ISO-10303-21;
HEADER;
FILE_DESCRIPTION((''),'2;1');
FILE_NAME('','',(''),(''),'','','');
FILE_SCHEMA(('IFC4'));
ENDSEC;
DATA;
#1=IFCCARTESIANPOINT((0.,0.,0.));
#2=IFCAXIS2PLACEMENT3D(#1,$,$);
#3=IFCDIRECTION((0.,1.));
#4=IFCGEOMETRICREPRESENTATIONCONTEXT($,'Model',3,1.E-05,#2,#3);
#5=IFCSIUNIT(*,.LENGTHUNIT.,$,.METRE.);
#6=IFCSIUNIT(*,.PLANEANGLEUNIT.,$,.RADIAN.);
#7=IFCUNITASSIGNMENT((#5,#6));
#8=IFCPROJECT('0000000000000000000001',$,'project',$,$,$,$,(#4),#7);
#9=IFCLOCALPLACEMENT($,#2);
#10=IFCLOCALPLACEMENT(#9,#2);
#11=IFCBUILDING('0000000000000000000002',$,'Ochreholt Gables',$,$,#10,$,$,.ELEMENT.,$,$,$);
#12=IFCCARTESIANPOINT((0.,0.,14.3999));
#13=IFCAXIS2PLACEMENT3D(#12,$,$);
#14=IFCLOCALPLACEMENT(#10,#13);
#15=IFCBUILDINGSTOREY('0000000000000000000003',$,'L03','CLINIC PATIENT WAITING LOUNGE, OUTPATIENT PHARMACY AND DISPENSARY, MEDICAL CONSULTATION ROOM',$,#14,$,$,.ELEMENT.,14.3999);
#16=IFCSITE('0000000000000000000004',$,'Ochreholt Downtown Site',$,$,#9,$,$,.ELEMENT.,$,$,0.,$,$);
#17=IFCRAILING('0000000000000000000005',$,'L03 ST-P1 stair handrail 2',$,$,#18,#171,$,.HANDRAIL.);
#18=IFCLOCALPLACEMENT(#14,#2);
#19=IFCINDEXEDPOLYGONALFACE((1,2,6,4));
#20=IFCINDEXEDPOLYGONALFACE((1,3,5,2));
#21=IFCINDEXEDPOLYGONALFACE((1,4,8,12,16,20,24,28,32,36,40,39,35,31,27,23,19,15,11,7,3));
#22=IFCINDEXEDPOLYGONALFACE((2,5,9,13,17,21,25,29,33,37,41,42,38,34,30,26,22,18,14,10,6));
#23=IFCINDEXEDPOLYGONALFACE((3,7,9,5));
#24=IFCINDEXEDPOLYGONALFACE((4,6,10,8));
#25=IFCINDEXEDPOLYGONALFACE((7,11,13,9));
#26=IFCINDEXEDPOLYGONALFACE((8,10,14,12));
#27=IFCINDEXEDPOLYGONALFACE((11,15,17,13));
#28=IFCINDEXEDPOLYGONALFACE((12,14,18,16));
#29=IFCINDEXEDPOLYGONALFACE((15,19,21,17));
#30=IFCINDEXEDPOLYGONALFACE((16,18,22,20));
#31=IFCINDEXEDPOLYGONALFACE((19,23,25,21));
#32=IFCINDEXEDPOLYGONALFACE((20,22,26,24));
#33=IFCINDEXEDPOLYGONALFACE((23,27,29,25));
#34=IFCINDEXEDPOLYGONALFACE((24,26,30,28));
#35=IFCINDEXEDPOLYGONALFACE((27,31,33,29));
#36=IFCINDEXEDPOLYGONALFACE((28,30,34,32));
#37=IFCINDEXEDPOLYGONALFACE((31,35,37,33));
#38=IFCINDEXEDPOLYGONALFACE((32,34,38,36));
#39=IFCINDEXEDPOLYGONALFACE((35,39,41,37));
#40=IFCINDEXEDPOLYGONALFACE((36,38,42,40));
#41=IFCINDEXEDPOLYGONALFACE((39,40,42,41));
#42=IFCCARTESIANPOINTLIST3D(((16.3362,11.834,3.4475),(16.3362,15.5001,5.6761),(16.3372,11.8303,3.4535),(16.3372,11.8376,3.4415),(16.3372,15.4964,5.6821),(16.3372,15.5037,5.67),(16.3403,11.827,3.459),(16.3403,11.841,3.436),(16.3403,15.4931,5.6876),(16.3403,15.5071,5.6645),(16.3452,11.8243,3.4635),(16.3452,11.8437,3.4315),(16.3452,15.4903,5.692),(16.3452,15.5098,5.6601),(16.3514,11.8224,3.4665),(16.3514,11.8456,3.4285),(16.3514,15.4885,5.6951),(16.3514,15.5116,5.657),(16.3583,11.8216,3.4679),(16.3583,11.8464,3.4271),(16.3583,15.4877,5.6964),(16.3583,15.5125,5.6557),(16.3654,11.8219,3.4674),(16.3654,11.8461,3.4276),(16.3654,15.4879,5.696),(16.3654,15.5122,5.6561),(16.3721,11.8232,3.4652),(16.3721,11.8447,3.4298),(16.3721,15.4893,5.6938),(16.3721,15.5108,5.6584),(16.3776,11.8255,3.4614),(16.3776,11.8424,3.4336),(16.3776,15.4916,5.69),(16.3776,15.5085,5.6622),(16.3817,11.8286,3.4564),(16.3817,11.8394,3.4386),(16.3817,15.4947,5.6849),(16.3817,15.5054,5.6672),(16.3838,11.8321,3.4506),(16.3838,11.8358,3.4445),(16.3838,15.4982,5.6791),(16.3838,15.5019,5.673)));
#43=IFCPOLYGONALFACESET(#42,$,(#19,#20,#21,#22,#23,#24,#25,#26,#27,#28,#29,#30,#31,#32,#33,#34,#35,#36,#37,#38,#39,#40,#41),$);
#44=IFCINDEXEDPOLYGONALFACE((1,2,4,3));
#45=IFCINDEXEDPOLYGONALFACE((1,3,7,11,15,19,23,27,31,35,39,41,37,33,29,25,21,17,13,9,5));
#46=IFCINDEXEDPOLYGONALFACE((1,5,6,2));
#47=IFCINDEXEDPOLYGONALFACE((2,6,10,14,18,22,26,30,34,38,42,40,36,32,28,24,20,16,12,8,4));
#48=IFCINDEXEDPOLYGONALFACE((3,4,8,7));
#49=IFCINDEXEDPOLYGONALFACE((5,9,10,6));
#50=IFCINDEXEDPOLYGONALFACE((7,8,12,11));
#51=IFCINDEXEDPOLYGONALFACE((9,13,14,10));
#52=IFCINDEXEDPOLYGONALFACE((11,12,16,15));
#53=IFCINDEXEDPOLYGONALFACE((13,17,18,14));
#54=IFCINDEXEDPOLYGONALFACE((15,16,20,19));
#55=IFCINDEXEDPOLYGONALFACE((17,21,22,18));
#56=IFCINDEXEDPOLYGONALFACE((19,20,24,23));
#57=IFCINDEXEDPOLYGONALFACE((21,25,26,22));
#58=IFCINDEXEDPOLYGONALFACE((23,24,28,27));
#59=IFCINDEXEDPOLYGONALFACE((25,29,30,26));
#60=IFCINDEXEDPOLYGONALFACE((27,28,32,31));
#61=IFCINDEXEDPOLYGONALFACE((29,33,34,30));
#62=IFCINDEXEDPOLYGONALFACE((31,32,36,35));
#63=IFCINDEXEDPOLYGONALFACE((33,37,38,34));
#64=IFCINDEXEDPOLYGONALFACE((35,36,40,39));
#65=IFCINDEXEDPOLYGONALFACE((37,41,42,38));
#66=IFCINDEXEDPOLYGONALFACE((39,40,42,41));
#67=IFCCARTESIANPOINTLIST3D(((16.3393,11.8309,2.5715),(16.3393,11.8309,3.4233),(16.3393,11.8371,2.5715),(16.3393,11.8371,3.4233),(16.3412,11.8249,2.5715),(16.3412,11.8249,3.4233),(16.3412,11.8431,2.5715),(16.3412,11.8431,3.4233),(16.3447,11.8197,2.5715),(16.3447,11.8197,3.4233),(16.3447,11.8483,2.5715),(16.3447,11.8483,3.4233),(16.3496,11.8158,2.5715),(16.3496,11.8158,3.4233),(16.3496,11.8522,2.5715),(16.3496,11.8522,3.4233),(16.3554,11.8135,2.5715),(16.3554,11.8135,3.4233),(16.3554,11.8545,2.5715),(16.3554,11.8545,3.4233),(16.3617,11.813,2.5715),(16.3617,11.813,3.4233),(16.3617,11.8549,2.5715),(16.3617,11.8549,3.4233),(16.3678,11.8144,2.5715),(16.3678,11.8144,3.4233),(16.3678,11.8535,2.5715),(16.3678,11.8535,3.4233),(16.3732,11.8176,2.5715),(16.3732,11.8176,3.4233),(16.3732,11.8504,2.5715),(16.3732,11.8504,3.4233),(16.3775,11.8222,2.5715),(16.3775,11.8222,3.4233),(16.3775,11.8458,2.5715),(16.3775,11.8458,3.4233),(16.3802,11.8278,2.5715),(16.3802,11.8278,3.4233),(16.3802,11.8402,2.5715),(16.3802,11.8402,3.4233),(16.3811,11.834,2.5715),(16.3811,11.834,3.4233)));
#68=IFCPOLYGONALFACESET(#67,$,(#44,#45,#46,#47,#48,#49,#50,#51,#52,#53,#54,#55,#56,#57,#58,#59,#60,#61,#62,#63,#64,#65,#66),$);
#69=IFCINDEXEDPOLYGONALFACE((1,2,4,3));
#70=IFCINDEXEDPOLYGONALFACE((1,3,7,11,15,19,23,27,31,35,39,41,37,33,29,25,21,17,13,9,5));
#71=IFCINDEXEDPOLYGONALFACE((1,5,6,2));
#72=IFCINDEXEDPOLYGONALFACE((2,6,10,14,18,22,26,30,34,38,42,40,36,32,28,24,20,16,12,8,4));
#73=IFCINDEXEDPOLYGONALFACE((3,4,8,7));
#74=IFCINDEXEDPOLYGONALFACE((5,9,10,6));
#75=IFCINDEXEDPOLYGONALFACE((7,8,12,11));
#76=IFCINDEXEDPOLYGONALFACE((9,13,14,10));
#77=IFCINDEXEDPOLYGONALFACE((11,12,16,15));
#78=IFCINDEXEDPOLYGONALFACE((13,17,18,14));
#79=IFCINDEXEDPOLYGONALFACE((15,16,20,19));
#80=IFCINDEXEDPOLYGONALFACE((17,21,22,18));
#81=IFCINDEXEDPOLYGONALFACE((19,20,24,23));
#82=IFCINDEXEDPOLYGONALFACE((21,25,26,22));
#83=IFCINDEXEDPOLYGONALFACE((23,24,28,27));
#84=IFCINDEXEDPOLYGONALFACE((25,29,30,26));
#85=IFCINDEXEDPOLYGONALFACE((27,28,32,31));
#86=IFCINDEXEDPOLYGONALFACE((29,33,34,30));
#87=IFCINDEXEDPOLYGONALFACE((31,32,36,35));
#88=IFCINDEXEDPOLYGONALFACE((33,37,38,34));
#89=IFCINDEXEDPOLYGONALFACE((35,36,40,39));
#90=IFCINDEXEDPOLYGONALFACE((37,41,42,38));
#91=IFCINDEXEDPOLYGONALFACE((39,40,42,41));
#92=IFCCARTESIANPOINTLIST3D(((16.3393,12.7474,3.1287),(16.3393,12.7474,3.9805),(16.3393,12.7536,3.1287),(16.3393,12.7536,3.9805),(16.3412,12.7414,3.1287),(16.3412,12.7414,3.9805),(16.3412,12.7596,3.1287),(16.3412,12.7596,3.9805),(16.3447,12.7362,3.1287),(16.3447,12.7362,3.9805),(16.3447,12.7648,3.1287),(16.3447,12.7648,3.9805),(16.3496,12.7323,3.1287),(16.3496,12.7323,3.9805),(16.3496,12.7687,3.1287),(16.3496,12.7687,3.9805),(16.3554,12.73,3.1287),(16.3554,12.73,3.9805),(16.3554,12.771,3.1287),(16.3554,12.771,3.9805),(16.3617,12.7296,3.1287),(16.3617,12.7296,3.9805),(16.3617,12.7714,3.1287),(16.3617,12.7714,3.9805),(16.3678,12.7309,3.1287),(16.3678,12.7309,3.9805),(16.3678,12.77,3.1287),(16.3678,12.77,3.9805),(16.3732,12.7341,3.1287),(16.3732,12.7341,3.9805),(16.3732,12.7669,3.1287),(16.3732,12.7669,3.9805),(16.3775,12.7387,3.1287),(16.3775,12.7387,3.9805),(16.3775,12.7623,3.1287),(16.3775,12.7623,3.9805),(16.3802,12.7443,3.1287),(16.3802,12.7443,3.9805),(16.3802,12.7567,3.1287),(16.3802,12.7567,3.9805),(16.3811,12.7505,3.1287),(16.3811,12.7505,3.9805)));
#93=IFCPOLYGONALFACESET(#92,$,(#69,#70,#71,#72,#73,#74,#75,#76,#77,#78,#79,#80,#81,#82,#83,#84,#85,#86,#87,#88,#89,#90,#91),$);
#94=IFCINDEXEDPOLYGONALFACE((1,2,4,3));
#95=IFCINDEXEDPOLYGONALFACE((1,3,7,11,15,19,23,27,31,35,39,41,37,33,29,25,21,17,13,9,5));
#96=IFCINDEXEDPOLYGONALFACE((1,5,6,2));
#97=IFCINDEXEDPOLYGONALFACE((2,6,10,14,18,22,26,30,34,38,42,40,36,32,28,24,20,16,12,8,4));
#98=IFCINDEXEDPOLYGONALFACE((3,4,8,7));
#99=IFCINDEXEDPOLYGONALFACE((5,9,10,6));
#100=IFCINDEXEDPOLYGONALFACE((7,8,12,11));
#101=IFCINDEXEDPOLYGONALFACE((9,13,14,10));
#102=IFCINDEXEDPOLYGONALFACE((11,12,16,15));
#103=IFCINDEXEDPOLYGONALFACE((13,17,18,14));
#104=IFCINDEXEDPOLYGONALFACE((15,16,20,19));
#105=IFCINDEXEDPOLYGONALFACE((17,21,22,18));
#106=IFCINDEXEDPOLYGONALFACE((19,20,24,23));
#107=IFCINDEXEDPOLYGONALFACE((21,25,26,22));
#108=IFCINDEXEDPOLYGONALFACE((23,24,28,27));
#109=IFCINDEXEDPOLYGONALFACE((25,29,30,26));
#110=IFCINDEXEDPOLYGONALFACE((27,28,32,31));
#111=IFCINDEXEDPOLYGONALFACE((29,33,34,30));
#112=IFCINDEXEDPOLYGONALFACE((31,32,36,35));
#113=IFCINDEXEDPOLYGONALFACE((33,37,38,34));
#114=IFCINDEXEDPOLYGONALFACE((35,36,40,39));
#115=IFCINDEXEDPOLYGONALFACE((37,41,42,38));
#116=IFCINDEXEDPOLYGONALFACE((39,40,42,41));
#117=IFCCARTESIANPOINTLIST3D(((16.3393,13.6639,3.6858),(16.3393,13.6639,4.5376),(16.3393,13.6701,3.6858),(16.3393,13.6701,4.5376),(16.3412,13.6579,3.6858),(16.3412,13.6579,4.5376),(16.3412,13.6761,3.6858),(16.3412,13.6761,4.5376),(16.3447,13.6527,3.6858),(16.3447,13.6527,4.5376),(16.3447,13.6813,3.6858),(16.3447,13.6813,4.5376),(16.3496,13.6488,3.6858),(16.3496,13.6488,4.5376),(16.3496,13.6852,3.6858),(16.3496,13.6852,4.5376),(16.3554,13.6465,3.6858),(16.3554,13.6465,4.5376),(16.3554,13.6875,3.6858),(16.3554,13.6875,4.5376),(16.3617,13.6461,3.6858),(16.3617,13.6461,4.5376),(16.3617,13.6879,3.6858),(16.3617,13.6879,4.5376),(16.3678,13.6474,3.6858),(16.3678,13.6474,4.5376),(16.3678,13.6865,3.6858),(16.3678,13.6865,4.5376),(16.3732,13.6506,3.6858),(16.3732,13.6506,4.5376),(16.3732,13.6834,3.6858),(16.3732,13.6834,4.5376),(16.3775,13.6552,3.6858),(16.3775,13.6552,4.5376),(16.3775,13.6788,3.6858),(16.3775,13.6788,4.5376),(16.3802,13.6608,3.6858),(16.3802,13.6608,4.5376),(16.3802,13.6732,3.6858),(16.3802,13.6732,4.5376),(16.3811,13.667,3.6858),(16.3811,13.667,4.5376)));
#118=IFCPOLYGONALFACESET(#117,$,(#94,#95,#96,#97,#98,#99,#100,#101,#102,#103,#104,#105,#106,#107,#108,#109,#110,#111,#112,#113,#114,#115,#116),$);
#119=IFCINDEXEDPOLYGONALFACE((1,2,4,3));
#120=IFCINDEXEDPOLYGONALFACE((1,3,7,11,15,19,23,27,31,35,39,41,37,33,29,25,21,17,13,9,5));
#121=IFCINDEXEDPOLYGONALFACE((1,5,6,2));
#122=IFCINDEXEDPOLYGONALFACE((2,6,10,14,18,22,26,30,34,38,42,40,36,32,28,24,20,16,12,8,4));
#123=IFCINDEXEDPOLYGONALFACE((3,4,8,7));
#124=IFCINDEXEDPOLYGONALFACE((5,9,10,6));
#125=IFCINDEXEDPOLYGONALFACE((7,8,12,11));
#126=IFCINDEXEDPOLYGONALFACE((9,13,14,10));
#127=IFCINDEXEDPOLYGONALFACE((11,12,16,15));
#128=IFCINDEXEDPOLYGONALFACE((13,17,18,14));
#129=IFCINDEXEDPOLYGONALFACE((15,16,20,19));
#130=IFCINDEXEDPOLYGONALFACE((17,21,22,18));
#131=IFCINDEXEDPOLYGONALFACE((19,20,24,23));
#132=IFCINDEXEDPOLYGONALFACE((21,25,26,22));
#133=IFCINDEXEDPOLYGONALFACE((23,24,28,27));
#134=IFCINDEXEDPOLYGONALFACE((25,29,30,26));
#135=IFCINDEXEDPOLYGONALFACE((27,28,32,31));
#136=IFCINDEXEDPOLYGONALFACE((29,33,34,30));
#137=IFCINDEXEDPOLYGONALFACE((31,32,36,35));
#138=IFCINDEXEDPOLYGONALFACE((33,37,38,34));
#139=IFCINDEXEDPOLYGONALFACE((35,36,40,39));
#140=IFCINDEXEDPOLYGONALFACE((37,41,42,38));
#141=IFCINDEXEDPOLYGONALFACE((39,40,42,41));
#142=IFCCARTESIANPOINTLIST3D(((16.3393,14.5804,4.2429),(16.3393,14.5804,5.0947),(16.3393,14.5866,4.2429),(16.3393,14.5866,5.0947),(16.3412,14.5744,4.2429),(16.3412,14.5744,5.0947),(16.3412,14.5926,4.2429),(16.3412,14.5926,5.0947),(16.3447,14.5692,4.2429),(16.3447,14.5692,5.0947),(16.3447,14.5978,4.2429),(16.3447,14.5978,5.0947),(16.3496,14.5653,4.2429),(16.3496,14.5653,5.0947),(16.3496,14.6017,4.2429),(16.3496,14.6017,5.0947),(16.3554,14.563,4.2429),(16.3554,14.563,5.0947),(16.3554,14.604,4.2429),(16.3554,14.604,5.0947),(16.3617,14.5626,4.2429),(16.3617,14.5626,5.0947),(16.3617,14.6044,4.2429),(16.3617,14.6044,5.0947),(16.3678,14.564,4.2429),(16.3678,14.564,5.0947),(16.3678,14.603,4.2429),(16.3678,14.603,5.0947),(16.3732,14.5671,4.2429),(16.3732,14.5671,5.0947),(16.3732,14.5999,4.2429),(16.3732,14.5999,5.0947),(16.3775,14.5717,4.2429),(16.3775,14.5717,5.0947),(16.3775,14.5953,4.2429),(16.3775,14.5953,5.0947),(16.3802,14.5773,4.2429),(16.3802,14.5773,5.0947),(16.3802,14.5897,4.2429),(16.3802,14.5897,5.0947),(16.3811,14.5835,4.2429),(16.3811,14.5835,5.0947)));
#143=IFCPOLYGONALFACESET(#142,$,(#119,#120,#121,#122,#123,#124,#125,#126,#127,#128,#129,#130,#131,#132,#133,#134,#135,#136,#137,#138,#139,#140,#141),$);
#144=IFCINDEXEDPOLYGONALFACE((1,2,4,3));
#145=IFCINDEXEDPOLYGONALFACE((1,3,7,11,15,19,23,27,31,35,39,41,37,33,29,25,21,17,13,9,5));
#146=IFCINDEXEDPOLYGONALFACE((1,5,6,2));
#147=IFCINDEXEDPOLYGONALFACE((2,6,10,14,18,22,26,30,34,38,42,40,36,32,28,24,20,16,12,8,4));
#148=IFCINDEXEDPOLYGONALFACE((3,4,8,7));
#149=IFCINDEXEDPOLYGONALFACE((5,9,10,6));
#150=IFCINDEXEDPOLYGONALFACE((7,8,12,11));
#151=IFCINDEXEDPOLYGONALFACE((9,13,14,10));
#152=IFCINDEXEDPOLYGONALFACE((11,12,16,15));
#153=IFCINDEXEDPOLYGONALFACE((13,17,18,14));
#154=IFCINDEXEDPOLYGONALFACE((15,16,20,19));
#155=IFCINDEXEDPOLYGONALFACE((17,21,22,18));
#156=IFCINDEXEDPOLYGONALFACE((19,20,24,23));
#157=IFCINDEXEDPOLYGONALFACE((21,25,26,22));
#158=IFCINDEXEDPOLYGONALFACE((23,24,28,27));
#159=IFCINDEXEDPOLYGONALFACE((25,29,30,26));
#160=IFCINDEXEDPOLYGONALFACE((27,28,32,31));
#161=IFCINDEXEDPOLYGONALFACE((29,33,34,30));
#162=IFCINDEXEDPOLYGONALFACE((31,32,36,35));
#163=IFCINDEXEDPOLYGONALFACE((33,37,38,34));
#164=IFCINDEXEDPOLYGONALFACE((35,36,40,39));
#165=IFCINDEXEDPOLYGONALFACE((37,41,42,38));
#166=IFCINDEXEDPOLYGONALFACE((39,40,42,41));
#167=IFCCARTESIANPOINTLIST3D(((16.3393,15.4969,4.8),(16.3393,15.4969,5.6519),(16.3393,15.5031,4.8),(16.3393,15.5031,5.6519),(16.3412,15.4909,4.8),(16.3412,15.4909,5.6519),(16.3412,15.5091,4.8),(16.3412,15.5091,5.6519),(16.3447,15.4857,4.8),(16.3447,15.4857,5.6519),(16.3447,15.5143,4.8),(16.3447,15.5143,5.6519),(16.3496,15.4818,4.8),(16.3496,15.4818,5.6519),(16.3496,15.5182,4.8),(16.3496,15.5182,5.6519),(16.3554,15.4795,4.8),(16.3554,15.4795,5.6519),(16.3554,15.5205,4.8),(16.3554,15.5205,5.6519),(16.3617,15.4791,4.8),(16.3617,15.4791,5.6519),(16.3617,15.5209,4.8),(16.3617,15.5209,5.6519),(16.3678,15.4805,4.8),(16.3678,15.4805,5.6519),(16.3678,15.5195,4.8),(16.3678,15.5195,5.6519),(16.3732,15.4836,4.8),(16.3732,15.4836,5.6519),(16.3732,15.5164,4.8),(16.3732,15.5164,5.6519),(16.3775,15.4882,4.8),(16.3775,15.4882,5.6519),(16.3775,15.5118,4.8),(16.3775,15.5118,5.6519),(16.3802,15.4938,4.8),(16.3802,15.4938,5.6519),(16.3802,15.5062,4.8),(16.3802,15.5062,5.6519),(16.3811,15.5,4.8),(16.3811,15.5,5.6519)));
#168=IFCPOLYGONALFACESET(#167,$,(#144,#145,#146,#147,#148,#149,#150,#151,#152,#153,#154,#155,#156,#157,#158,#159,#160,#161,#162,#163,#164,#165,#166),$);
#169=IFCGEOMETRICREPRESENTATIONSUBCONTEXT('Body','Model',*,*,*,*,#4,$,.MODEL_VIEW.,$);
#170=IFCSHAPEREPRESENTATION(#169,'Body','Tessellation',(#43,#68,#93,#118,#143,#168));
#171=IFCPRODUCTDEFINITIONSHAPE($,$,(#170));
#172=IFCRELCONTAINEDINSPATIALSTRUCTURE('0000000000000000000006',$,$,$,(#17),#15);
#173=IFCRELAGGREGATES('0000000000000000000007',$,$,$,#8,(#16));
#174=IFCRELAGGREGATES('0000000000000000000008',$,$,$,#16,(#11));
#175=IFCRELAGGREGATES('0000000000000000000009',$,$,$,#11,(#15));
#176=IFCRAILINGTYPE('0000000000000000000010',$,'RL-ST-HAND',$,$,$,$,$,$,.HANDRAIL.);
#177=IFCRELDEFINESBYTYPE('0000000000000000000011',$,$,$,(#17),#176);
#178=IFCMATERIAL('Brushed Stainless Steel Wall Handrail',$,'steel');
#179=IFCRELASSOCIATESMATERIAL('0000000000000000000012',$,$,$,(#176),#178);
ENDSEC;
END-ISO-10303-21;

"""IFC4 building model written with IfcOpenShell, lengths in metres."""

from ifc_helpers import new_model, si_unit, direction, frame, origin, origin_2d, place, context, subcontext, project, spatial, circle, extrude, material, type_object, element, save


model = new_model("IFC4")

# Units and contexts
model_context = context("Model", 3, precision=1e-05, world=origin(), true_north=direction((0.0, 1.0)))
body_context = subcontext(model_context, "Body", "Model", "MODEL_VIEW")
ifc_project = project(units=[si_unit("LENGTHUNIT", "METRE"), si_unit("PLANEANGLEUNIT", "RADIAN")], contexts=[model_context])

# Site, building, storey
site_placement = place(None, origin())
site = spatial("IfcSite", under=ifc_project, at=site_placement, Name="Ochreholt Downtown Site", CompositionType="ELEMENT", RefElevation=0.0)
building_placement = place(site_placement, origin())
building = spatial("IfcBuilding", under=site, at=building_placement, Name="Ochreholt Gables", CompositionType="ELEMENT")
storey_placement = place(building_placement, frame((0.0, 0.0, 14.3999)))
storey = spatial("IfcBuildingStorey", under=building, at=storey_placement, Name="L03", Description="CLINIC PATIENT WAITING LOUNGE, OUTPATIENT PHARMACY AND DISPENSARY, MEDICAL CONSULTATION ROOM", CompositionType="ELEMENT", Elevation=14.3999)

# Railing
ifc_material_1 = material(Name="Brushed Stainless Steel Wall Handrail", Category="steel")
railing_type_1 = type_object("IfcRailingType", Name="RL-ST-HAND", PredefinedType="HANDRAIL", material=ifc_material_1)
railing_1_placement = place(storey_placement, frame((16.3601, 11.834, 2.5715)))
element("IfcRailing", 1, at=railing_1_placement, inside=storey, type_object=railing_type_1, Name="L03 ST-P1 stair handrail 2", PredefinedType="HANDRAIL", context=body_context, shape_type="SweptSolid", body=[
    extrude(circle(Radius=0.0239, at=origin_2d()), frame((0.0, 0.0, 0.876), z_axis=(0.0, 0.854506, 0.519441), x_axis=(-1.0, 0.0, 0.0)), (0.0, 0.0, 1.0), 4.2903),
    extrude(circle(Radius=0.021, at=origin_2d()), origin(), (0.0, 0.0, 1.0), 0.8518),
    extrude(circle(Radius=0.021, at=origin_2d()), frame((0.0, 0.9165, 0.5571)), (0.0, 0.0, 1.0), 0.8518),
    extrude(circle(Radius=0.021, at=origin_2d()), frame((0.0, 1.833, 1.1143)), (0.0, 0.0, 1.0), 0.8518),
    extrude(circle(Radius=0.021, at=origin_2d()), frame((0.0, 2.7495, 1.6714)), (0.0, 0.0, 1.0), 0.8518),
    extrude(circle(Radius=0.021, at=origin_2d()), frame((0.0, 3.666, 2.2285)), (0.0, 0.0, 1.0), 0.8518),
])

save(model, "model.ifc")
